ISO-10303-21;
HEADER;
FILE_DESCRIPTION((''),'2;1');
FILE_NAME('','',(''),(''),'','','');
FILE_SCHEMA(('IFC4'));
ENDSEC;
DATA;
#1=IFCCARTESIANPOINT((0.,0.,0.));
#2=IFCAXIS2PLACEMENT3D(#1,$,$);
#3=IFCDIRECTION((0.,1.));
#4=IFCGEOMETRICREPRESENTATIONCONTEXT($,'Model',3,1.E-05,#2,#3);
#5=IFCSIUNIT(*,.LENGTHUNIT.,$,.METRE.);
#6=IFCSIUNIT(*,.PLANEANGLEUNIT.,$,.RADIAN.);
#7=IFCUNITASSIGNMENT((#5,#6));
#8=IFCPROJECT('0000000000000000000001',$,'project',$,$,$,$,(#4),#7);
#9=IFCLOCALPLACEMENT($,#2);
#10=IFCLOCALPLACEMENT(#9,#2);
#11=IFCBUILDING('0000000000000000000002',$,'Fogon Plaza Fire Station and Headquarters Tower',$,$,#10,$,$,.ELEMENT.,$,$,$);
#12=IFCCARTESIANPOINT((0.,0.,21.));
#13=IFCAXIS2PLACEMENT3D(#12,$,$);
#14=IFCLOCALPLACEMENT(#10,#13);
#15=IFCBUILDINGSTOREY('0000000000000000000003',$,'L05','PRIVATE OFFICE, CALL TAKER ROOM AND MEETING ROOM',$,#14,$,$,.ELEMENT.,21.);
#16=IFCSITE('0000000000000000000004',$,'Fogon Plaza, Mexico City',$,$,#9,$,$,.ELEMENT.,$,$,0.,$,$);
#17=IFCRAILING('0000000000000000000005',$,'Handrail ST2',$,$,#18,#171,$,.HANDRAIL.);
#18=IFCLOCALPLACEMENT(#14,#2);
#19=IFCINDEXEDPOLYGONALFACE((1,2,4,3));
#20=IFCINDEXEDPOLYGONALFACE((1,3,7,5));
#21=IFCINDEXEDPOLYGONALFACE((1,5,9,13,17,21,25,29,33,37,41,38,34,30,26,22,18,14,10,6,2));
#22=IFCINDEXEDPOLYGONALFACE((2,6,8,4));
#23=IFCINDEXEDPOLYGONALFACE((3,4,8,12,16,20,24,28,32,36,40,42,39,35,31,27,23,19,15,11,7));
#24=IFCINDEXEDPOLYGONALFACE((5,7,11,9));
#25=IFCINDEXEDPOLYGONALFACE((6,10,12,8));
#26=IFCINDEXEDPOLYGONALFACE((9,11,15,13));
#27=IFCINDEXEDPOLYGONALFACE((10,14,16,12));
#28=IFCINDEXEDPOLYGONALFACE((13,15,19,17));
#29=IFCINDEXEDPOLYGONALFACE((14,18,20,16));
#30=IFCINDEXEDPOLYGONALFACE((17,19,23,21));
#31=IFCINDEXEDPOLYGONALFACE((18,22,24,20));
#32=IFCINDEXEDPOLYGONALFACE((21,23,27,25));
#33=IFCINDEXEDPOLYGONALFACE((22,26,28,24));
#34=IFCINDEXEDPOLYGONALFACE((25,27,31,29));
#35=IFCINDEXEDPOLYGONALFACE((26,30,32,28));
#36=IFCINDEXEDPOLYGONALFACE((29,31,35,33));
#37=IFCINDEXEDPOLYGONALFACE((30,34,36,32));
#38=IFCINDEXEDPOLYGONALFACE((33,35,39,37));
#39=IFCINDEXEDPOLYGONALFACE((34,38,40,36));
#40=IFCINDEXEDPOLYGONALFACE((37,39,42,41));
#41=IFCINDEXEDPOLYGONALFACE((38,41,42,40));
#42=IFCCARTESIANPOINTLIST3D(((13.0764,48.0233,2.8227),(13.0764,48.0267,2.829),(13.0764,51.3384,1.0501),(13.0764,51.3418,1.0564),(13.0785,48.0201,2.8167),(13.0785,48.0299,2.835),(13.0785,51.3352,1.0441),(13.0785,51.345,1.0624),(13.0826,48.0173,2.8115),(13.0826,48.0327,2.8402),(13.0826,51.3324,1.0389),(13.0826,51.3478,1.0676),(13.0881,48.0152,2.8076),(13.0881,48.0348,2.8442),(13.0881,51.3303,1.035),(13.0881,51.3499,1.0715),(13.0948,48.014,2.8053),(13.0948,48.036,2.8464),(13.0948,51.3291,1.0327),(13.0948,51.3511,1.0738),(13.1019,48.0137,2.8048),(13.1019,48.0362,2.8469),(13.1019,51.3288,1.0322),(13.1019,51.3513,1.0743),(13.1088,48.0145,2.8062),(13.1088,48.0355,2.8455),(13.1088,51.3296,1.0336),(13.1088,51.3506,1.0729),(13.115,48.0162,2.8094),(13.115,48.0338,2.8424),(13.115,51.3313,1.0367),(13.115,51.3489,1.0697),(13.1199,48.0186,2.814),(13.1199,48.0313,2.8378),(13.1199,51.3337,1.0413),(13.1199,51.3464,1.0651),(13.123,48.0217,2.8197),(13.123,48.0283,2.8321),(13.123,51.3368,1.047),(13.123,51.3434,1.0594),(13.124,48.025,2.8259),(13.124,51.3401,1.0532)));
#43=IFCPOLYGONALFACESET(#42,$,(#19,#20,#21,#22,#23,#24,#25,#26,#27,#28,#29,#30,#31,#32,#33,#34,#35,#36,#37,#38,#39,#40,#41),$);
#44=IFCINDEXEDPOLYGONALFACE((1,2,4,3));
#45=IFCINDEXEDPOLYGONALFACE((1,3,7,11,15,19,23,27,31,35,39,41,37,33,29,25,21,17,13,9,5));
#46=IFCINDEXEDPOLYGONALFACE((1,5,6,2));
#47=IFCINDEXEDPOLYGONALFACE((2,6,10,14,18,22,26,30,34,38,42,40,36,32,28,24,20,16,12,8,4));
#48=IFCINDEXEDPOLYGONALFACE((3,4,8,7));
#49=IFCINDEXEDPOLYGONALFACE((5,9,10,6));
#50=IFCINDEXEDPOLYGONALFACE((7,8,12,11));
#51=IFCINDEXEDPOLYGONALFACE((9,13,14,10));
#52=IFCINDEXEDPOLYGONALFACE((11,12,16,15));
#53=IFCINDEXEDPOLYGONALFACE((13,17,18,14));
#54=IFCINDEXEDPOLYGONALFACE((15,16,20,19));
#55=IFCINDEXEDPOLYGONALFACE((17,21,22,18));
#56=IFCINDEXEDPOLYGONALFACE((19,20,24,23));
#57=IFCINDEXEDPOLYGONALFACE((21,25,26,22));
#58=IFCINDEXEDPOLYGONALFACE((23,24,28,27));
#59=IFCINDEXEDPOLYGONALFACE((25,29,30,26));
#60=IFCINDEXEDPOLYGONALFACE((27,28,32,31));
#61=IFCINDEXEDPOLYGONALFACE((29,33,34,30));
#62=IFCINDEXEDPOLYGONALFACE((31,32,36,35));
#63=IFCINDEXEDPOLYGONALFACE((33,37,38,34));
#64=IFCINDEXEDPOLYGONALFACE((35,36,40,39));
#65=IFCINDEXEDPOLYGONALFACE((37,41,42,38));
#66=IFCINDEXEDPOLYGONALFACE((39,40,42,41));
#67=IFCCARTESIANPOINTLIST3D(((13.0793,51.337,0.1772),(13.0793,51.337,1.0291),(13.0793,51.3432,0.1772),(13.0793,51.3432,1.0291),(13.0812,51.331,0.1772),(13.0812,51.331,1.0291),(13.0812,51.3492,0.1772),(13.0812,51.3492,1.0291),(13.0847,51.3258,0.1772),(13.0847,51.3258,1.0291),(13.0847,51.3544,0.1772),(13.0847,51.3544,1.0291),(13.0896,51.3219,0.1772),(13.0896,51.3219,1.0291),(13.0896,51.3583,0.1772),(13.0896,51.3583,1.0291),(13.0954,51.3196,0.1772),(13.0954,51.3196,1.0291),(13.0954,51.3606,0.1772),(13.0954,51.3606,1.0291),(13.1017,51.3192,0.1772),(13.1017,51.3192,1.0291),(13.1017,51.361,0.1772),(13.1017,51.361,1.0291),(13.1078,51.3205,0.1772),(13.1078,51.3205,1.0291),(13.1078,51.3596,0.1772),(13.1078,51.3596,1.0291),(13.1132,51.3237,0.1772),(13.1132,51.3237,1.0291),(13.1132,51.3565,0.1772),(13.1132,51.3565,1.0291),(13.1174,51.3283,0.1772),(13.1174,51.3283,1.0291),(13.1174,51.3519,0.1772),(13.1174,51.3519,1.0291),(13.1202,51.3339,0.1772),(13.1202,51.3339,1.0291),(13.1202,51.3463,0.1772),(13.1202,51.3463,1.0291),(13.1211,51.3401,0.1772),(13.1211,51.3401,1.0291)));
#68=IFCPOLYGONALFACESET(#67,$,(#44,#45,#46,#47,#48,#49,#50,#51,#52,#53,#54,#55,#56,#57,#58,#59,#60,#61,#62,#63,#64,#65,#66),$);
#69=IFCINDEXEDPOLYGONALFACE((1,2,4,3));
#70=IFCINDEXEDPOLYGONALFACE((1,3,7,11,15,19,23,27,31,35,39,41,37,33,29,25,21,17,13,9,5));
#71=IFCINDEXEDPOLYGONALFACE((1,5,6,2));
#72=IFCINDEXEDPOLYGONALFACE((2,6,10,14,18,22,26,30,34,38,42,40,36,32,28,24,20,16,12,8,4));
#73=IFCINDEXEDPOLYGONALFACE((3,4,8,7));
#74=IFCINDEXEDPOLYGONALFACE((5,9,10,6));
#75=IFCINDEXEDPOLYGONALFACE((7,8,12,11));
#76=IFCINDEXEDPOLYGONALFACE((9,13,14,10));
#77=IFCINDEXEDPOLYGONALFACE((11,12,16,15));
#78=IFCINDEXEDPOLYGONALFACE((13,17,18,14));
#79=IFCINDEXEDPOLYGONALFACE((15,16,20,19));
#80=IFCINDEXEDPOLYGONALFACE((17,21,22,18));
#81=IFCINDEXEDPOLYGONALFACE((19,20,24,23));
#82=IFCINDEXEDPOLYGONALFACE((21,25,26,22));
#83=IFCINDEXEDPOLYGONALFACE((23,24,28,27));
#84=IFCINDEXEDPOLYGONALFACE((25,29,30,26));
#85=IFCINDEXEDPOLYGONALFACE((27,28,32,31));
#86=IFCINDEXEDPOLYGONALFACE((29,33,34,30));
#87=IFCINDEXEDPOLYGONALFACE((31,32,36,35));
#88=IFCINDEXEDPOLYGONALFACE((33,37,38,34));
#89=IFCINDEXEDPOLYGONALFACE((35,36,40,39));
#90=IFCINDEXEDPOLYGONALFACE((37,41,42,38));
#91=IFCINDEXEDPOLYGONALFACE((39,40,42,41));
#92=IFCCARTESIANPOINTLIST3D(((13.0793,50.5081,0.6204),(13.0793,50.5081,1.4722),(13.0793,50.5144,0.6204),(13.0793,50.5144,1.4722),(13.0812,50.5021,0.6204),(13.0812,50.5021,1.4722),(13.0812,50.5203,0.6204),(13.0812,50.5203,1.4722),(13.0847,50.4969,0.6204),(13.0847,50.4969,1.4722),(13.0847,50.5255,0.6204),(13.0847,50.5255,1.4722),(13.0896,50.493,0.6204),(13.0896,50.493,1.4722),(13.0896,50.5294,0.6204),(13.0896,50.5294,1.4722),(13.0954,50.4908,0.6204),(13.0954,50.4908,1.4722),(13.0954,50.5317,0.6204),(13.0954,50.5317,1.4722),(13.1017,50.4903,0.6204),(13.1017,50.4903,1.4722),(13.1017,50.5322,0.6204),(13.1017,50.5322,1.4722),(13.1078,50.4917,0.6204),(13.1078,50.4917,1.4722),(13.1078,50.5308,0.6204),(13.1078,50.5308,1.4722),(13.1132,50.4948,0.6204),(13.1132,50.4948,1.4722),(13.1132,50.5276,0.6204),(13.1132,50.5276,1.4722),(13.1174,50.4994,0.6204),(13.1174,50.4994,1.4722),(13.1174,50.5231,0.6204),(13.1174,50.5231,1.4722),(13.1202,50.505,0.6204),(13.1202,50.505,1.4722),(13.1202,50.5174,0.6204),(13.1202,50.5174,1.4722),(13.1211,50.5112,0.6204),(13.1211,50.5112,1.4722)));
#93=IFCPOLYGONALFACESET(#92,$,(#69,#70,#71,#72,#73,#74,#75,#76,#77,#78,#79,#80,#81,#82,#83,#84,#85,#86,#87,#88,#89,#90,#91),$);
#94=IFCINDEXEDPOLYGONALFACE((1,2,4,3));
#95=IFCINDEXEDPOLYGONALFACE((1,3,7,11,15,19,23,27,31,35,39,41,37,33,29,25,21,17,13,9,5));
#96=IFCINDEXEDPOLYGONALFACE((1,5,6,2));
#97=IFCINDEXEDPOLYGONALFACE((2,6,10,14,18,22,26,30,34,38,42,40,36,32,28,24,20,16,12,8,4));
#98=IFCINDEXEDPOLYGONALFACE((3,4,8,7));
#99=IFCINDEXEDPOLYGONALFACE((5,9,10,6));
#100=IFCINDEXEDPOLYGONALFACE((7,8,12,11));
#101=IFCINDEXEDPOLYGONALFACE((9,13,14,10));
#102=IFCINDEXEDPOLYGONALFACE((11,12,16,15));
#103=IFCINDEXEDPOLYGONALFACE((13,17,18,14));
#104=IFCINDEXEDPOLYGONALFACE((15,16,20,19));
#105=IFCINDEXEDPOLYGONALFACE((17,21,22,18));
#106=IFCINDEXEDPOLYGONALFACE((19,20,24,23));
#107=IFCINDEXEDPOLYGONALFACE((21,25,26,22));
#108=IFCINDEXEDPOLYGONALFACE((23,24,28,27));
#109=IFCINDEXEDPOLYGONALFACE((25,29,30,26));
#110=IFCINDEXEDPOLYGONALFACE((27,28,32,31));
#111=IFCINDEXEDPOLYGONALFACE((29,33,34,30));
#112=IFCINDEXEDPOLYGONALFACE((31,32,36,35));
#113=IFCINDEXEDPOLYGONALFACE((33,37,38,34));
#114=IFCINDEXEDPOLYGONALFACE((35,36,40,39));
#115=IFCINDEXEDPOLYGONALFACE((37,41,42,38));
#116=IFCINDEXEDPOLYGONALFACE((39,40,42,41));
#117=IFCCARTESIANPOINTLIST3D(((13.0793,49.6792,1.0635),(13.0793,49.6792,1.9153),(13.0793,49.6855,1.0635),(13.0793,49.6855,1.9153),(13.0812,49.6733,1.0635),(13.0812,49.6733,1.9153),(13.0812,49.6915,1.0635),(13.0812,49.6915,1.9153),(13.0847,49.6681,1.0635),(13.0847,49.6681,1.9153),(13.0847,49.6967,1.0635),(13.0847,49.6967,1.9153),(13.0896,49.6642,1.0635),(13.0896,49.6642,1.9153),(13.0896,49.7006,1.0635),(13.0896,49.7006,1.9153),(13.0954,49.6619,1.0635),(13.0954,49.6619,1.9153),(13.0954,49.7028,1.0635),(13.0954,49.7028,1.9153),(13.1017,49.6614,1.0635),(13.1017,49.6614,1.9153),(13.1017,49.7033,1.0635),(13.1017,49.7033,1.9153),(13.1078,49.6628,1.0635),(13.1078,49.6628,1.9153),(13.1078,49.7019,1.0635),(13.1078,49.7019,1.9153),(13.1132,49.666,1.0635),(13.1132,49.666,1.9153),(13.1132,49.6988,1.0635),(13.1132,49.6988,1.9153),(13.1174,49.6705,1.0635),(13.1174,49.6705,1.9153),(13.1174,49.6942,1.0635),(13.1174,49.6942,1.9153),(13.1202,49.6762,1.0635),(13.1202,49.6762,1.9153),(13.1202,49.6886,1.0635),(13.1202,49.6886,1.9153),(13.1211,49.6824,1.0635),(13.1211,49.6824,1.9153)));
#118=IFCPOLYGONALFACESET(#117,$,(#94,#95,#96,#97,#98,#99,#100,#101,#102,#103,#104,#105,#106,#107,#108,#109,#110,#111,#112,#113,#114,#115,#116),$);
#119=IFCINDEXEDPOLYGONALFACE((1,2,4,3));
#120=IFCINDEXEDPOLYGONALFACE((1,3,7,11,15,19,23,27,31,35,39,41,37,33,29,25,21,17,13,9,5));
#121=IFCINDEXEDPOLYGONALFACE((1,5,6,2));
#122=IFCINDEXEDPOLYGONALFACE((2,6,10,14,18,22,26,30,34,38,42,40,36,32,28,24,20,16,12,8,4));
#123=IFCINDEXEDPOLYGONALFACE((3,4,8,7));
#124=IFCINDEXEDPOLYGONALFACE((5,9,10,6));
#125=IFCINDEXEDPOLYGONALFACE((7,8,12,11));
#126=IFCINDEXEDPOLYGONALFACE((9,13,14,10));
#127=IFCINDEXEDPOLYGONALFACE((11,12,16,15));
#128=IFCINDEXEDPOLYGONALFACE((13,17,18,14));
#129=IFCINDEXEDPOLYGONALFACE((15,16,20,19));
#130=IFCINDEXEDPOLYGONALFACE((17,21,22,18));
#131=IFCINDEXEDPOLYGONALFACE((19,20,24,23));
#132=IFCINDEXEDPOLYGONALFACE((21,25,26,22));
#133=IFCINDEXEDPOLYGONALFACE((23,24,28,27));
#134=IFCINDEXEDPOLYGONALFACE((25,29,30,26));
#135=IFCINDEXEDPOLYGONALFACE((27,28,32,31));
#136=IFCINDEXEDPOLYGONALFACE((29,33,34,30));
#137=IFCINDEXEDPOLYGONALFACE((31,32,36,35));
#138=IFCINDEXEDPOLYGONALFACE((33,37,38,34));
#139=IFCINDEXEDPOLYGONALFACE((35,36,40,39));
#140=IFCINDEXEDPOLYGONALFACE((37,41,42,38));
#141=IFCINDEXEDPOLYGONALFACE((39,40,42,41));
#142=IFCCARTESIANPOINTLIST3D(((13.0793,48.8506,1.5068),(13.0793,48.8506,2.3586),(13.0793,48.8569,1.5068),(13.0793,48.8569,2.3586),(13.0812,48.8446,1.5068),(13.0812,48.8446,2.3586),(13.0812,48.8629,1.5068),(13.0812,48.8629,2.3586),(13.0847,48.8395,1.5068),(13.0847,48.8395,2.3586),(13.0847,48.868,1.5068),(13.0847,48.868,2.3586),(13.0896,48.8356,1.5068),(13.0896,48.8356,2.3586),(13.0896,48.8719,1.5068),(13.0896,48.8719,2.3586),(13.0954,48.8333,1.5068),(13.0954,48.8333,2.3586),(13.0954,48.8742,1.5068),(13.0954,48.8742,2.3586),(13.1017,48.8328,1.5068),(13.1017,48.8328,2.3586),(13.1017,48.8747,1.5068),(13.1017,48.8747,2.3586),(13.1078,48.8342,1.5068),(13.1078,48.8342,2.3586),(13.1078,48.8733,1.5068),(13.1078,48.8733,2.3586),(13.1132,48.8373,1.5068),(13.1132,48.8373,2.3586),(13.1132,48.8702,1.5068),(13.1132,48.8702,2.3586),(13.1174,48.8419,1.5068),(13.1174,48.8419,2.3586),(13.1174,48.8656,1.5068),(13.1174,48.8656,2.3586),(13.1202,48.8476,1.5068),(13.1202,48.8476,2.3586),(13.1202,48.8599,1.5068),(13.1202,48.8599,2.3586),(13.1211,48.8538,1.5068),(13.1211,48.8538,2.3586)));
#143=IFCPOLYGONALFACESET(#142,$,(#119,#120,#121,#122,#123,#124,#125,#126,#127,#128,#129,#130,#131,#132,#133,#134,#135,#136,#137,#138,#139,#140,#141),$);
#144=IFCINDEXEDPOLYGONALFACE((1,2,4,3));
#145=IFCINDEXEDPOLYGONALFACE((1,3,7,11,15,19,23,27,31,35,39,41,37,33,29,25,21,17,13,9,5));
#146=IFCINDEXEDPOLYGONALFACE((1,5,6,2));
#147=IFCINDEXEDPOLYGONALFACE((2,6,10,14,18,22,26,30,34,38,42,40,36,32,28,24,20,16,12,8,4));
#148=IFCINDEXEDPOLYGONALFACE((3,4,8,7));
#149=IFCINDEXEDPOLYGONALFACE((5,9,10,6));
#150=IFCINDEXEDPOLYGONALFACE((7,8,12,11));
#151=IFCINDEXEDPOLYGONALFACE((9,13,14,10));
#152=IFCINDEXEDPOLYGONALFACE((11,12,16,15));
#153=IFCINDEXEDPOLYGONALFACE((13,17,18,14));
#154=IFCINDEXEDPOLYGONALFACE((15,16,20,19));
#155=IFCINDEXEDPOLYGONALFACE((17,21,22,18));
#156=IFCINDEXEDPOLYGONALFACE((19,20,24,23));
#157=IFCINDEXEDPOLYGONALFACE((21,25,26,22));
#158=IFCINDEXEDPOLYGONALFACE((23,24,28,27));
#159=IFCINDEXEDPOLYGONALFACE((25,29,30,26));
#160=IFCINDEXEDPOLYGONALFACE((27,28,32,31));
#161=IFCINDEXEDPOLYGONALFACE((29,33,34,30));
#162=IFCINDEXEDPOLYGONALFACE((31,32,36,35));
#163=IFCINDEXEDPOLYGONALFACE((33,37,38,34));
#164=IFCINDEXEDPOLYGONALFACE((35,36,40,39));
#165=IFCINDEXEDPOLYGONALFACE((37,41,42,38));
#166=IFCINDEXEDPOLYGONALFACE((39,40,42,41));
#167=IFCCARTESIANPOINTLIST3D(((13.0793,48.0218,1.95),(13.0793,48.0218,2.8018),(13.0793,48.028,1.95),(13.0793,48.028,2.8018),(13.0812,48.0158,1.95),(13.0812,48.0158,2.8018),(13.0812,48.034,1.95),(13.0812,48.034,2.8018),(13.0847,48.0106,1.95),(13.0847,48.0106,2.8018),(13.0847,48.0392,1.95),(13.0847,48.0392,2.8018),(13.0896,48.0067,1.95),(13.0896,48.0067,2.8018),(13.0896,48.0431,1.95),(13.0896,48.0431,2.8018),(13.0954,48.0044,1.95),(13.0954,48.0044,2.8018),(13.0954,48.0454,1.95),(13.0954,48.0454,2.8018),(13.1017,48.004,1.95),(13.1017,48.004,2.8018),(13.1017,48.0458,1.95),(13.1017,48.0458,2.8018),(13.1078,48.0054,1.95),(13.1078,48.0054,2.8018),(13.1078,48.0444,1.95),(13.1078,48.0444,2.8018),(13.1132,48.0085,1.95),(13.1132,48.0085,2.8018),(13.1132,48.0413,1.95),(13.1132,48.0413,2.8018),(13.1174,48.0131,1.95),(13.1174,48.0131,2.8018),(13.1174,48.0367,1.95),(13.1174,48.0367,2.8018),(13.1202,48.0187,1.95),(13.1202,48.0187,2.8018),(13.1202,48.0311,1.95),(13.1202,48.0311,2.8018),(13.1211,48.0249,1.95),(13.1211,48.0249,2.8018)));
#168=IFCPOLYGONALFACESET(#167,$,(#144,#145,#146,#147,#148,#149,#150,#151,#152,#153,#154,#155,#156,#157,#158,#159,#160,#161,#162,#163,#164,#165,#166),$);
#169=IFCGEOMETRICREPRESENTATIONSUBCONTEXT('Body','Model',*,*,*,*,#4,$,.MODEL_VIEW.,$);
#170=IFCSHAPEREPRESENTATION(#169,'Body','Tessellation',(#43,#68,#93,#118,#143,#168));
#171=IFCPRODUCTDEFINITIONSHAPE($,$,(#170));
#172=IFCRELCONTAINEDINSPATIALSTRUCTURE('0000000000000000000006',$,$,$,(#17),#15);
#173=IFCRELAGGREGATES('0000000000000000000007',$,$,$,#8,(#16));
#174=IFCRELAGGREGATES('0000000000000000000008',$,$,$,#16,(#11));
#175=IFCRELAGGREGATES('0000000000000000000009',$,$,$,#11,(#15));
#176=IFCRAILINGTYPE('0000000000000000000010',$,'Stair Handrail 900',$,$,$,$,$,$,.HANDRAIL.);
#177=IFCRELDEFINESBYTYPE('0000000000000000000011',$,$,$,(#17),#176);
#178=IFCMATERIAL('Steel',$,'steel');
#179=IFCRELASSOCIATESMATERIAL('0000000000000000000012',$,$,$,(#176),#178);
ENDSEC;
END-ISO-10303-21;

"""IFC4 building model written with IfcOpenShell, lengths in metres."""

from ifc_helpers import new_model, si_unit, direction, frame, origin, origin_2d, place, context, subcontext, project, spatial, circle, extrude, material, type_object, element, save


model = new_model("IFC4")

# Units and contexts
model_context = context("Model", 3, precision=1e-05, world=origin(), true_north=direction((0.0, 1.0)))
body_context = subcontext(model_context, "Body", "Model", "MODEL_VIEW")
ifc_project = project(units=[si_unit("LENGTHUNIT", "METRE"), si_unit("PLANEANGLEUNIT", "RADIAN")], contexts=[model_context])

# Site, building, storey
site_placement = place(None, origin())
site = spatial("IfcSite", under=ifc_project, at=site_placement, Name="Fogon Plaza, Mexico City", CompositionType="ELEMENT", RefElevation=0.0)
building_placement = place(site_placement, origin())
building = spatial("IfcBuilding", under=site, at=building_placement, Name="Fogon Plaza Fire Station and Headquarters Tower", CompositionType="ELEMENT")
storey_placement = place(building_placement, frame((0.0, 0.0, 21.0)))
storey = spatial("IfcBuildingStorey", under=building, at=storey_placement, Name="L05", Description="PRIVATE OFFICE, CALL TAKER ROOM AND MEETING ROOM", CompositionType="ELEMENT", Elevation=21.0)

# Railing
ifc_material_1 = material(Name="Steel", Category="steel")
railing_type = type_object("IfcRailingType", Name="Stair Handrail 900", PredefinedType="HANDRAIL", material=ifc_material_1)
for number, where, name in (
    (1, (13.1001, 51.3401, 0.1772), "Handrail ST2"),
):
    element("IfcRailing", number, at=place(storey_placement, frame(where)), inside=storey, type_object=railing_type, Name=name, PredefinedType="HANDRAIL", context=body_context, shape_type="SweptSolid", body=[
        extrude(circle(Radius=0.0239, at=origin_2d()), frame((0.0, 0.0, 0.876), z_axis=(0.0, -0.881844, 0.471542), x_axis=(1.0, 0.0, 0.0)), (0.0, 0.0, 1.0), 3.7593),
        extrude(circle(Radius=0.021, at=origin_2d()), origin(), (0.0, 0.0, 1.0), 0.8518),
        extrude(circle(Radius=0.021, at=origin_2d()), frame((0.0, -0.8289, 0.4431)), (0.0, 0.0, 1.0), 0.8518),
        extrude(circle(Radius=0.021, at=origin_2d()), frame((0.0, -1.6577, 0.8862)), (0.0, 0.0, 1.0), 0.8518),
        extrude(circle(Radius=0.021, at=origin_2d()), frame((0.0, -2.4863, 1.3296)), (0.0, 0.0, 1.0), 0.8518),
        extrude(circle(Radius=0.021, at=origin_2d()), frame((0.0, -3.3152, 1.7727)), (0.0, 0.0, 1.0), 0.8518),
    ])

save(model, "model.ifc")
